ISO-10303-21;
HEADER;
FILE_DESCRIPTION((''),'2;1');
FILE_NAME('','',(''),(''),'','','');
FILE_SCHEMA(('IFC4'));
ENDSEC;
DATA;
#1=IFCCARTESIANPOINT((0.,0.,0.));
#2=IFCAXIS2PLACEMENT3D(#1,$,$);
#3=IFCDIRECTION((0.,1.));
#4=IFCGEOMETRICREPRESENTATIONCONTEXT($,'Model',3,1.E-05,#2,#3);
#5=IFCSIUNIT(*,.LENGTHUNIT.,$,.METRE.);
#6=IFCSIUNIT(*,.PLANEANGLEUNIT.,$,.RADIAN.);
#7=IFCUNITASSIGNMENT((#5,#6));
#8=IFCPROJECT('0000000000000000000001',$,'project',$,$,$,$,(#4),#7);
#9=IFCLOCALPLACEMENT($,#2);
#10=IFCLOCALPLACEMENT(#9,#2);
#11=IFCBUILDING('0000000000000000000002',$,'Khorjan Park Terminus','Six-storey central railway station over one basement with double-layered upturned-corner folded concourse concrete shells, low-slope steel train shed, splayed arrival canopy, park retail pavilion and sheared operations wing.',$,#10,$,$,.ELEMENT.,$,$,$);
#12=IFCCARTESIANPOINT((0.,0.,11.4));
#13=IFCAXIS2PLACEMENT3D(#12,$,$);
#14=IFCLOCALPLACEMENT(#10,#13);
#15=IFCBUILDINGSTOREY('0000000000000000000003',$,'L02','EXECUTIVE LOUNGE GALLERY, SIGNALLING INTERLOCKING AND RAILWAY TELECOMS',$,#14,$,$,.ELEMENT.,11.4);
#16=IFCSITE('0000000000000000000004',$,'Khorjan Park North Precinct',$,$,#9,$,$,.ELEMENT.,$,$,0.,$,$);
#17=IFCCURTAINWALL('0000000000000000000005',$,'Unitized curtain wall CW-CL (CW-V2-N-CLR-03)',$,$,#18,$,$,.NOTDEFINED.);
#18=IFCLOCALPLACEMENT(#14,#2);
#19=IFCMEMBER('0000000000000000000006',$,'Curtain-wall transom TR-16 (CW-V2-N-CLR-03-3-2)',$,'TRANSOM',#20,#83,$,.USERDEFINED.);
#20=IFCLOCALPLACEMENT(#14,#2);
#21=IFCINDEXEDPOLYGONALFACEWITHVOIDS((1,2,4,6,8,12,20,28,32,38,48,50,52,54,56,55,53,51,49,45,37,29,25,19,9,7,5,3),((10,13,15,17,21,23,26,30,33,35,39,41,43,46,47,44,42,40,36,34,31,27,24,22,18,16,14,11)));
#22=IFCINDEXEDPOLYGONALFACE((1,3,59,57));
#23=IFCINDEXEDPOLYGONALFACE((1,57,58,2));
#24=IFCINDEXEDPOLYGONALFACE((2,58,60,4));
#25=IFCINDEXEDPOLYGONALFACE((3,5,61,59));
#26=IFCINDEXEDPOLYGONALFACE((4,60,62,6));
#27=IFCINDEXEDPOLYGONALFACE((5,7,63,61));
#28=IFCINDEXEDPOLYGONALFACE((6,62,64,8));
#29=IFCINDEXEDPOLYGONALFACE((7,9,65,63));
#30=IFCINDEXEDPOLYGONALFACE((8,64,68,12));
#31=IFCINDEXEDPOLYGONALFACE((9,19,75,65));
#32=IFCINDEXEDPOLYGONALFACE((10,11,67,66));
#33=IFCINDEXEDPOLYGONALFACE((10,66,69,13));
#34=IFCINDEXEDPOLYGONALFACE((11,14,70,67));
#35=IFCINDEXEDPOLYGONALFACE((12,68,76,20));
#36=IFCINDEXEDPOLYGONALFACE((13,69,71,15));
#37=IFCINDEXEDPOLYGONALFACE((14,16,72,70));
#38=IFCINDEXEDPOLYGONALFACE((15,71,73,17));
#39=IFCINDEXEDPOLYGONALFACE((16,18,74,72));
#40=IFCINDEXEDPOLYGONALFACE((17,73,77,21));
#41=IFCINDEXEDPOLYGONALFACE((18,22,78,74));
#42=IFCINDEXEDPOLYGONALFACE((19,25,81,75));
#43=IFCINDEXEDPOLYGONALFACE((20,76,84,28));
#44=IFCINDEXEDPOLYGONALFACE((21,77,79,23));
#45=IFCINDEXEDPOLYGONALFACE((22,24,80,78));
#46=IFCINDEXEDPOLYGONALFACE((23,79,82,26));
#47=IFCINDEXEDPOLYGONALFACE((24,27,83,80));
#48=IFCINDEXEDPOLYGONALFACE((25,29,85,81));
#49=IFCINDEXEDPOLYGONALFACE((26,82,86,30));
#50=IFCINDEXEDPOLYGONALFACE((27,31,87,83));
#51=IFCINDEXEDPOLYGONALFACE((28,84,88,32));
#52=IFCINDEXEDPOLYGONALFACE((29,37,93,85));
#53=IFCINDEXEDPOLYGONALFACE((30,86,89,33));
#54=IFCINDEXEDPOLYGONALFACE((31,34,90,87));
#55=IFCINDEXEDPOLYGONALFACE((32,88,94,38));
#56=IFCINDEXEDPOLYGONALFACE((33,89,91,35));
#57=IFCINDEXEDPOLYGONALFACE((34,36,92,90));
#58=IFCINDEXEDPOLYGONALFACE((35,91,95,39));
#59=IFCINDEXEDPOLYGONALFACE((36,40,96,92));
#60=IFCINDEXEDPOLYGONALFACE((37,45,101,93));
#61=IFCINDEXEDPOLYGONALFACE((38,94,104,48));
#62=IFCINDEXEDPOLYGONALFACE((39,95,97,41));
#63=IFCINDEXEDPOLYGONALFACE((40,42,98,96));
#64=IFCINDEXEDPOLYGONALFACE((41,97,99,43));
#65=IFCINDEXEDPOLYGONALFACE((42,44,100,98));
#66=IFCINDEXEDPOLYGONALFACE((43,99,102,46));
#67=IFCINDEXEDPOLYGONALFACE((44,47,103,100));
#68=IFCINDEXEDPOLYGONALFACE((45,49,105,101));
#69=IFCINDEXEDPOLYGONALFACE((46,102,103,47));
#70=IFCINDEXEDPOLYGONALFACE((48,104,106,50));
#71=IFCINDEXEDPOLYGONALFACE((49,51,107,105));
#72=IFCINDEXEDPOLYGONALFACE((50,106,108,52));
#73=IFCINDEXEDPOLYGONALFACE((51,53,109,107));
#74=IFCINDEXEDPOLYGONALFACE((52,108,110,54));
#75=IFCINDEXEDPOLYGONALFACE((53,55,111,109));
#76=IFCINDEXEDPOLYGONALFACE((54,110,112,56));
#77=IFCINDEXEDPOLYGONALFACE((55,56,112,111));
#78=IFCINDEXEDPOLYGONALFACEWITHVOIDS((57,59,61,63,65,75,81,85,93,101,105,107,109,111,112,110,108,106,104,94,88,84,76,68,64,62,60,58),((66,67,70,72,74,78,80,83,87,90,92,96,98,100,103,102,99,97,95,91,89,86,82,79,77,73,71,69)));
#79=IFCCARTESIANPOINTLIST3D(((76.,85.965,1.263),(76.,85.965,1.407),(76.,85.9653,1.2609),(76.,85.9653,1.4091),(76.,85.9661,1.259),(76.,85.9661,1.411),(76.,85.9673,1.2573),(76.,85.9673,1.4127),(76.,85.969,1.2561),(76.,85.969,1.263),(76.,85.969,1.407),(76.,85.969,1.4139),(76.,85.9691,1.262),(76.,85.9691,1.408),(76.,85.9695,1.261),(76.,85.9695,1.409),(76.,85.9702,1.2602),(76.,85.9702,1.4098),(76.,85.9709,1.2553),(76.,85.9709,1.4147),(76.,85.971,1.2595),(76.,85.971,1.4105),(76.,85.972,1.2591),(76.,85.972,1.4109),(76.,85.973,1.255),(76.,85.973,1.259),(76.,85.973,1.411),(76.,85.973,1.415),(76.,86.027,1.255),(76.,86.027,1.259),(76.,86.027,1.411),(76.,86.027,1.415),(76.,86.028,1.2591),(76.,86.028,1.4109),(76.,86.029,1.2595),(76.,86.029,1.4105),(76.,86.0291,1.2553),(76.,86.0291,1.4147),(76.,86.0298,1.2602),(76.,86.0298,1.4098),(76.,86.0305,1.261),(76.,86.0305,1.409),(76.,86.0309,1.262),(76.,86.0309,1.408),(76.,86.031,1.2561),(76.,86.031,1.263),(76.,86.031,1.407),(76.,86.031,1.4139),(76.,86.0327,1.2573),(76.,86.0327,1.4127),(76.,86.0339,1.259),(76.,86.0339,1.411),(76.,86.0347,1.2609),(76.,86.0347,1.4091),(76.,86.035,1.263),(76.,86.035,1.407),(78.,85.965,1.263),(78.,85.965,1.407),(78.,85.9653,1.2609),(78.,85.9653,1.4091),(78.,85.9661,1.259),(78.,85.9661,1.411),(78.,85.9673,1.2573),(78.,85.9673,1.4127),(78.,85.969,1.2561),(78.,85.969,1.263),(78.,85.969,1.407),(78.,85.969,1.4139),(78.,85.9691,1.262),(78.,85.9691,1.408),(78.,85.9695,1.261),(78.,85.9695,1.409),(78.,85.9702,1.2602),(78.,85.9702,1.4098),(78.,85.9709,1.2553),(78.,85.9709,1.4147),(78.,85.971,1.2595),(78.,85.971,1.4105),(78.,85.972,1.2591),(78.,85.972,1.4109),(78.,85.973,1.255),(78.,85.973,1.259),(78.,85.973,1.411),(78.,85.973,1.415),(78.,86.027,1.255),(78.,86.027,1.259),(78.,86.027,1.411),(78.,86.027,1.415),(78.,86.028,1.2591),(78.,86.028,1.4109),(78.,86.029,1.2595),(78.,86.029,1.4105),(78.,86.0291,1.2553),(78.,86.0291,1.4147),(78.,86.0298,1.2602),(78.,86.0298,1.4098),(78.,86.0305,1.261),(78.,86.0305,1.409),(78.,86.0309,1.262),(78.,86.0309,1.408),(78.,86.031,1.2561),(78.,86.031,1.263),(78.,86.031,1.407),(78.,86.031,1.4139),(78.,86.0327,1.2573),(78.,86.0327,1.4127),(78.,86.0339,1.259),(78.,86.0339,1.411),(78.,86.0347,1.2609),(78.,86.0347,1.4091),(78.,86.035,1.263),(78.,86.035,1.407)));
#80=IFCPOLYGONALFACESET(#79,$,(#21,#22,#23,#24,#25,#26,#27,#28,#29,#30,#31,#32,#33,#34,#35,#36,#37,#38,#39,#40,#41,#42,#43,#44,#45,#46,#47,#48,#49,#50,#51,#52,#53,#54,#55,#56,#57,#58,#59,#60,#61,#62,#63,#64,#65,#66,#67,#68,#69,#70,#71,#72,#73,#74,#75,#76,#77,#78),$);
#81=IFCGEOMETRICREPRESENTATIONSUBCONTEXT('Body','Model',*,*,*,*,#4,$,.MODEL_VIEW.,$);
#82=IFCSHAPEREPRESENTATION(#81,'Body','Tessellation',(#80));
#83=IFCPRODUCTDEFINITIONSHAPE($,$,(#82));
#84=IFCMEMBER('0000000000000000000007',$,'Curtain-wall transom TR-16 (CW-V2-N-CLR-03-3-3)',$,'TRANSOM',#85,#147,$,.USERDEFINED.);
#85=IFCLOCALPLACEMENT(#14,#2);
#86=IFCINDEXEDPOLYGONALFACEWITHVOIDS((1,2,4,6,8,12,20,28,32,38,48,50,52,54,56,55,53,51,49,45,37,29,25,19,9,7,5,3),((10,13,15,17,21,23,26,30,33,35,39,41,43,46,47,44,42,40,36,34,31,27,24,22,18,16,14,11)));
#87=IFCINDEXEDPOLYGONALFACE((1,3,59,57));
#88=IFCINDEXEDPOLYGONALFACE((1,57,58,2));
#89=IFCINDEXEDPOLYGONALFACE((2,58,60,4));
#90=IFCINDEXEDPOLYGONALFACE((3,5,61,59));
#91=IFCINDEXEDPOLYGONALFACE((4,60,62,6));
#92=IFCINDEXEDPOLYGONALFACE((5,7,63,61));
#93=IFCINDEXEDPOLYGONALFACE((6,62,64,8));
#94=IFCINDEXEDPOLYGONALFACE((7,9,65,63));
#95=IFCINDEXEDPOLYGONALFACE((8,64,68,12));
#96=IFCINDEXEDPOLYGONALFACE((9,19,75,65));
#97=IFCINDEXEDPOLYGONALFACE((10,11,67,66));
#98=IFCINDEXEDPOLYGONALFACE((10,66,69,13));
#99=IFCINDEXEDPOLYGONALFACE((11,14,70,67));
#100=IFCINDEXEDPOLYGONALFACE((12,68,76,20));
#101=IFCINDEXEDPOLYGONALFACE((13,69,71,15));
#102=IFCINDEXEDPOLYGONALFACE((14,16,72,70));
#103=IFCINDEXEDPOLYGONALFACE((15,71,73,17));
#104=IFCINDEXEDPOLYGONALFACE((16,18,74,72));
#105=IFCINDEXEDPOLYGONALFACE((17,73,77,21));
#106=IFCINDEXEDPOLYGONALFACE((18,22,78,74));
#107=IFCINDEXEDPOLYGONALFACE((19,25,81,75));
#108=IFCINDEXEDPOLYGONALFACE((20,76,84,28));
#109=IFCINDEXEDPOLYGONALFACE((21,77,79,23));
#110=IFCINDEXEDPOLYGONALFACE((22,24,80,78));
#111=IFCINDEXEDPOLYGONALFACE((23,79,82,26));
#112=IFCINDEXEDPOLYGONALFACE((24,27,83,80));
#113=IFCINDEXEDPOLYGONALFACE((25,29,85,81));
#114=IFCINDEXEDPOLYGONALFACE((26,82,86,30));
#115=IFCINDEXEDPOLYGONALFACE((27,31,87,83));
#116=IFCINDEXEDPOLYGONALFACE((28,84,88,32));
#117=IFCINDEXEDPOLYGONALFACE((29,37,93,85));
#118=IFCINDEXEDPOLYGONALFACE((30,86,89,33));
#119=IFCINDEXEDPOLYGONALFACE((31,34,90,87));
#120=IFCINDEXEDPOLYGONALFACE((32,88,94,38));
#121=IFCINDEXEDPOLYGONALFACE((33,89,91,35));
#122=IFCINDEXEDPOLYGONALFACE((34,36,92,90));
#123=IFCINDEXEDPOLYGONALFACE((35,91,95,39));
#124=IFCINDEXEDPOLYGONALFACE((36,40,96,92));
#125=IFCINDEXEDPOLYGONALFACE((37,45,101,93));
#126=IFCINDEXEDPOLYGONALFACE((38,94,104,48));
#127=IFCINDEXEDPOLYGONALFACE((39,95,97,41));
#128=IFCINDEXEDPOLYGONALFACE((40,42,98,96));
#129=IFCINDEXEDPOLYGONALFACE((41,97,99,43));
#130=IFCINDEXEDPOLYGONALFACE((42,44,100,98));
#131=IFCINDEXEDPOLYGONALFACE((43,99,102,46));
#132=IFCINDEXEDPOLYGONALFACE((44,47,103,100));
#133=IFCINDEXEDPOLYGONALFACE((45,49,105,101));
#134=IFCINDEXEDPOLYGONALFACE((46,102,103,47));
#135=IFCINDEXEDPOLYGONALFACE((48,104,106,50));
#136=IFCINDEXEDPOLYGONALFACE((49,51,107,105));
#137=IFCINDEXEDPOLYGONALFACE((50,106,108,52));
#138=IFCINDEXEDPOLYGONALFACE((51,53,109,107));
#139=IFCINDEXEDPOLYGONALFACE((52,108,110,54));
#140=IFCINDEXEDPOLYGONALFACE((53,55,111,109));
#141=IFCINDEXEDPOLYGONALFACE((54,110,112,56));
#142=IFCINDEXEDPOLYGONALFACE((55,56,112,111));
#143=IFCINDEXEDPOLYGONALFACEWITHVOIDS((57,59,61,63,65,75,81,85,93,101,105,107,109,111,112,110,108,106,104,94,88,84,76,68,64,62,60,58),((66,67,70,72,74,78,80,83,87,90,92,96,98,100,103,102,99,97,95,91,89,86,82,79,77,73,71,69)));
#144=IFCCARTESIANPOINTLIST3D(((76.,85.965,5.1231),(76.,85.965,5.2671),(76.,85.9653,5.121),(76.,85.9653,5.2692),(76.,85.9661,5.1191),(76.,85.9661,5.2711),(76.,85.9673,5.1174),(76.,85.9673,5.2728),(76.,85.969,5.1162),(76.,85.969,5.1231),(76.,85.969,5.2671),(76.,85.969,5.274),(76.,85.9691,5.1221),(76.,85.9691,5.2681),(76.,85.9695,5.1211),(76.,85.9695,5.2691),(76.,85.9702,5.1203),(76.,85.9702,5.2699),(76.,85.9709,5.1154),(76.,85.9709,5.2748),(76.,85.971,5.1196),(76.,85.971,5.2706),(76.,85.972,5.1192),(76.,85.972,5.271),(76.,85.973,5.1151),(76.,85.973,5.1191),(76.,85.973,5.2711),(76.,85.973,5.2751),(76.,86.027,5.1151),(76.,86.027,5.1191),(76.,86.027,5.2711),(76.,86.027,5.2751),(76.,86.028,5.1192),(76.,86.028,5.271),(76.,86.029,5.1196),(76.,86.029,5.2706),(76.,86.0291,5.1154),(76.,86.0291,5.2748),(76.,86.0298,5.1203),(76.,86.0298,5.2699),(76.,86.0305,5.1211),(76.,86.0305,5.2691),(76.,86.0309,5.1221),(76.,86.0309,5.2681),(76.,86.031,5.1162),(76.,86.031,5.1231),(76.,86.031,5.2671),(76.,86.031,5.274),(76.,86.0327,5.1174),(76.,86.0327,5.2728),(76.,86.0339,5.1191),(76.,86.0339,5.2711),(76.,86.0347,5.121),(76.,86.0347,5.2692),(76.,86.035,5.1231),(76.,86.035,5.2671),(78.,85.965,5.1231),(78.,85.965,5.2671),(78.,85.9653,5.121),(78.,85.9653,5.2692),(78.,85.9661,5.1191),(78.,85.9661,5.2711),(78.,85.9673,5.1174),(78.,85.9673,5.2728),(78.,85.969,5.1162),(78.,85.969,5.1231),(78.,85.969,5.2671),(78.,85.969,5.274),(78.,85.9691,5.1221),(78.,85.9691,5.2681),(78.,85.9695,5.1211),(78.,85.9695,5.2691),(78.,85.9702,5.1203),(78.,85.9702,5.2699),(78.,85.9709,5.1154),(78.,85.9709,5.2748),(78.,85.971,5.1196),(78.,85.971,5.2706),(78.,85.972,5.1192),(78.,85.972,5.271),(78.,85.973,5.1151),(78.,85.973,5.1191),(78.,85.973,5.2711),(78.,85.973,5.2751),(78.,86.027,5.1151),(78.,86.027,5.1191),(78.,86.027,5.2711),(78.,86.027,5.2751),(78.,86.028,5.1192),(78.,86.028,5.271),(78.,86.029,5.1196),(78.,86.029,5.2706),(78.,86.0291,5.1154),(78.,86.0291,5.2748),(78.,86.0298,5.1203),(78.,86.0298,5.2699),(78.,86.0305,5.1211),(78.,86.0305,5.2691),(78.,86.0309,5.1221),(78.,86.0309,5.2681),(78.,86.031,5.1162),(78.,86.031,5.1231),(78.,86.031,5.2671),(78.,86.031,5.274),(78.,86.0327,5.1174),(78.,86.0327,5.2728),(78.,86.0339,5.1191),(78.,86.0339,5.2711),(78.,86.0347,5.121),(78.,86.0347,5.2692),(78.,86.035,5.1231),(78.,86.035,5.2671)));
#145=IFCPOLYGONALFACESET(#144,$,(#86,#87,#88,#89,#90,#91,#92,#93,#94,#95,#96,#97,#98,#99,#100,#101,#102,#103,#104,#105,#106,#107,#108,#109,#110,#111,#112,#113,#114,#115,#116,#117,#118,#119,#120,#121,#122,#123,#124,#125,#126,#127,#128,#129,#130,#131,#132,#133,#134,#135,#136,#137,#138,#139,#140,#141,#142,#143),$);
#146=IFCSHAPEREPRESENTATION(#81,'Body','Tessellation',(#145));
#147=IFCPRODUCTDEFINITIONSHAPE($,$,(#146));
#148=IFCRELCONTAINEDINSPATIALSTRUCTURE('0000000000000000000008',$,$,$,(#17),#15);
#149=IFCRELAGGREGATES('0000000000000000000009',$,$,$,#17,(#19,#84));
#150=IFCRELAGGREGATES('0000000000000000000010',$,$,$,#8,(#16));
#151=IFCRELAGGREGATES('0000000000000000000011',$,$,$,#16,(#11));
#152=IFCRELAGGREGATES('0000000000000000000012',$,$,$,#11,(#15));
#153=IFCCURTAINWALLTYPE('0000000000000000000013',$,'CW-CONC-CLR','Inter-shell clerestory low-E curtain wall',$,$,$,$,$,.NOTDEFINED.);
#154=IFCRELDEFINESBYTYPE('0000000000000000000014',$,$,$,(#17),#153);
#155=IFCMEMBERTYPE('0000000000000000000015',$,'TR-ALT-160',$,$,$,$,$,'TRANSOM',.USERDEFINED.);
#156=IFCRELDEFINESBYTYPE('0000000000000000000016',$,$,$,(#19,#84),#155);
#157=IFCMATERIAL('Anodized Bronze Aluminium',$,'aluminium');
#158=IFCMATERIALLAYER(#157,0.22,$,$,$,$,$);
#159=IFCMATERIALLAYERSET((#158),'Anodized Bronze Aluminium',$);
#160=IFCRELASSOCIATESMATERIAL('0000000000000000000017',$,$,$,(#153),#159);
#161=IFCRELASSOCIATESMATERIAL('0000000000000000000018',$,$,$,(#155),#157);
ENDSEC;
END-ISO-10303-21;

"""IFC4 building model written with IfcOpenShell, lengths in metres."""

from ifc_helpers import new_model, si_unit, direction, frame, origin, origin_2d, place, context, subcontext, project, spatial, hollow_rectangle, extrude, material, layer, layer_set, material_profile, profile_set, type_object, element, aggregate, save


model = new_model("IFC4")

# Units and contexts
model_context = context("Model", 3, precision=1e-05, world=origin(), true_north=direction((0.0, 1.0)))
body_context = subcontext(model_context, "Body", "Model", "MODEL_VIEW")
ifc_project = project(units=[si_unit("LENGTHUNIT", "METRE"), si_unit("PLANEANGLEUNIT", "RADIAN")], contexts=[model_context])

# Site, building, storey
site_placement = place(None, origin())
site = spatial("IfcSite", under=ifc_project, at=site_placement, Name="Khorjan Park North Precinct", CompositionType="ELEMENT", RefElevation=0.0)
building_placement = place(site_placement, origin())
building = spatial("IfcBuilding", under=site, at=building_placement, Name="Khorjan Park Terminus", Description="Six-storey central railway station over one basement with double-layered upturned-corner folded concourse concrete shells, low-slope steel train shed, splayed arrival canopy, park retail pavilion and sheared operations wing.", CompositionType="ELEMENT")
storey_placement = place(building_placement, frame((0.0, 0.0, 11.4)))
storey = spatial("IfcBuildingStorey", under=building, at=storey_placement, Name="L02", Description="EXECUTIVE LOUNGE GALLERY, SIGNALLING INTERLOCKING AND RAILWAY TELECOMS", CompositionType="ELEMENT", Elevation=11.4)

# Curtain wall
ifc_material_1 = material(Name="Anodized Bronze Aluminium", Category="aluminium")
ifc_layer_1 = layer(ifc_material_1, 0.22)
ifc_layer_set_1 = layer_set([ifc_layer_1], Name="Anodized Bronze Aluminium")
curtain_wall_type = type_object("IfcCurtainWallType", Name="CW-CONC-CLR", Description="Inter-shell clerestory low-E curtain wall", PredefinedType="NOTDEFINED", material=ifc_layer_set_1)
curtain_wall_1_placement = place(storey_placement, origin())
curtain_wall_1 = element("IfcCurtainWall", 1, at=curtain_wall_1_placement, inside=storey, type_object=curtain_wall_type, Name="Unitized curtain wall CW-CL (CW-V2-N-CLR-03)", PredefinedType="NOTDEFINED")

# Members
ifc_material_profile_1 = material_profile(ifc_material_1, hollow_rectangle(XDim=0.07, YDim=0.16, WallThickness=0.004, InnerFilletRadius=0.004, OuterFilletRadius=0.008, at=origin_2d()), Name="ALT 70x160x4")
ifc_profile_set_1 = profile_set([ifc_material_profile_1], Name="Anodized Bronze Aluminium")
member_type_1 = type_object("IfcMemberType", Name="TR-ALT-160", ElementType="TRANSOM", PredefinedType="USERDEFINED", material=ifc_profile_set_1)
member_1_placement = place(storey_placement, frame((78.0, 86.0, 1.335), z_axis=(-1.0, 0.0, 0.0), x_axis=(0.0, -1.0, 0.0)))
member_1 = element("IfcMember", 2, at=member_1_placement, type_object=member_type_1, Name="Curtain-wall transom TR-16 (CW-V2-N-CLR-03-3-2)", ObjectType="TRANSOM", PredefinedType="USERDEFINED", context=body_context, shape_type="SweptSolid", body=[
    extrude(hollow_rectangle(XDim=0.07, YDim=0.16, WallThickness=0.004, InnerFilletRadius=0.004, OuterFilletRadius=0.008, at=origin_2d()), origin(), (0.0, 0.0, 1.0), 2.0),
])
member_2_placement = place(storey_placement, frame((78.0, 86.0, 5.1951), z_axis=(-1.0, 0.0, 0.0), x_axis=(0.0, -1.0, 0.0)))
member_2 = element("IfcMember", 3, at=member_2_placement, type_object=member_type_1, Name="Curtain-wall transom TR-16 (CW-V2-N-CLR-03-3-3)", ObjectType="TRANSOM", PredefinedType="USERDEFINED", context=body_context, shape_type="SweptSolid", body=[
    extrude(hollow_rectangle(XDim=0.07, YDim=0.16, WallThickness=0.004, InnerFilletRadius=0.004, OuterFilletRadius=0.008, at=origin_2d()), origin(), (0.0, 0.0, 1.0), 2.0),
])

aggregate(curtain_wall_1, [member_1, member_2])

save(model, "model.ifc")
